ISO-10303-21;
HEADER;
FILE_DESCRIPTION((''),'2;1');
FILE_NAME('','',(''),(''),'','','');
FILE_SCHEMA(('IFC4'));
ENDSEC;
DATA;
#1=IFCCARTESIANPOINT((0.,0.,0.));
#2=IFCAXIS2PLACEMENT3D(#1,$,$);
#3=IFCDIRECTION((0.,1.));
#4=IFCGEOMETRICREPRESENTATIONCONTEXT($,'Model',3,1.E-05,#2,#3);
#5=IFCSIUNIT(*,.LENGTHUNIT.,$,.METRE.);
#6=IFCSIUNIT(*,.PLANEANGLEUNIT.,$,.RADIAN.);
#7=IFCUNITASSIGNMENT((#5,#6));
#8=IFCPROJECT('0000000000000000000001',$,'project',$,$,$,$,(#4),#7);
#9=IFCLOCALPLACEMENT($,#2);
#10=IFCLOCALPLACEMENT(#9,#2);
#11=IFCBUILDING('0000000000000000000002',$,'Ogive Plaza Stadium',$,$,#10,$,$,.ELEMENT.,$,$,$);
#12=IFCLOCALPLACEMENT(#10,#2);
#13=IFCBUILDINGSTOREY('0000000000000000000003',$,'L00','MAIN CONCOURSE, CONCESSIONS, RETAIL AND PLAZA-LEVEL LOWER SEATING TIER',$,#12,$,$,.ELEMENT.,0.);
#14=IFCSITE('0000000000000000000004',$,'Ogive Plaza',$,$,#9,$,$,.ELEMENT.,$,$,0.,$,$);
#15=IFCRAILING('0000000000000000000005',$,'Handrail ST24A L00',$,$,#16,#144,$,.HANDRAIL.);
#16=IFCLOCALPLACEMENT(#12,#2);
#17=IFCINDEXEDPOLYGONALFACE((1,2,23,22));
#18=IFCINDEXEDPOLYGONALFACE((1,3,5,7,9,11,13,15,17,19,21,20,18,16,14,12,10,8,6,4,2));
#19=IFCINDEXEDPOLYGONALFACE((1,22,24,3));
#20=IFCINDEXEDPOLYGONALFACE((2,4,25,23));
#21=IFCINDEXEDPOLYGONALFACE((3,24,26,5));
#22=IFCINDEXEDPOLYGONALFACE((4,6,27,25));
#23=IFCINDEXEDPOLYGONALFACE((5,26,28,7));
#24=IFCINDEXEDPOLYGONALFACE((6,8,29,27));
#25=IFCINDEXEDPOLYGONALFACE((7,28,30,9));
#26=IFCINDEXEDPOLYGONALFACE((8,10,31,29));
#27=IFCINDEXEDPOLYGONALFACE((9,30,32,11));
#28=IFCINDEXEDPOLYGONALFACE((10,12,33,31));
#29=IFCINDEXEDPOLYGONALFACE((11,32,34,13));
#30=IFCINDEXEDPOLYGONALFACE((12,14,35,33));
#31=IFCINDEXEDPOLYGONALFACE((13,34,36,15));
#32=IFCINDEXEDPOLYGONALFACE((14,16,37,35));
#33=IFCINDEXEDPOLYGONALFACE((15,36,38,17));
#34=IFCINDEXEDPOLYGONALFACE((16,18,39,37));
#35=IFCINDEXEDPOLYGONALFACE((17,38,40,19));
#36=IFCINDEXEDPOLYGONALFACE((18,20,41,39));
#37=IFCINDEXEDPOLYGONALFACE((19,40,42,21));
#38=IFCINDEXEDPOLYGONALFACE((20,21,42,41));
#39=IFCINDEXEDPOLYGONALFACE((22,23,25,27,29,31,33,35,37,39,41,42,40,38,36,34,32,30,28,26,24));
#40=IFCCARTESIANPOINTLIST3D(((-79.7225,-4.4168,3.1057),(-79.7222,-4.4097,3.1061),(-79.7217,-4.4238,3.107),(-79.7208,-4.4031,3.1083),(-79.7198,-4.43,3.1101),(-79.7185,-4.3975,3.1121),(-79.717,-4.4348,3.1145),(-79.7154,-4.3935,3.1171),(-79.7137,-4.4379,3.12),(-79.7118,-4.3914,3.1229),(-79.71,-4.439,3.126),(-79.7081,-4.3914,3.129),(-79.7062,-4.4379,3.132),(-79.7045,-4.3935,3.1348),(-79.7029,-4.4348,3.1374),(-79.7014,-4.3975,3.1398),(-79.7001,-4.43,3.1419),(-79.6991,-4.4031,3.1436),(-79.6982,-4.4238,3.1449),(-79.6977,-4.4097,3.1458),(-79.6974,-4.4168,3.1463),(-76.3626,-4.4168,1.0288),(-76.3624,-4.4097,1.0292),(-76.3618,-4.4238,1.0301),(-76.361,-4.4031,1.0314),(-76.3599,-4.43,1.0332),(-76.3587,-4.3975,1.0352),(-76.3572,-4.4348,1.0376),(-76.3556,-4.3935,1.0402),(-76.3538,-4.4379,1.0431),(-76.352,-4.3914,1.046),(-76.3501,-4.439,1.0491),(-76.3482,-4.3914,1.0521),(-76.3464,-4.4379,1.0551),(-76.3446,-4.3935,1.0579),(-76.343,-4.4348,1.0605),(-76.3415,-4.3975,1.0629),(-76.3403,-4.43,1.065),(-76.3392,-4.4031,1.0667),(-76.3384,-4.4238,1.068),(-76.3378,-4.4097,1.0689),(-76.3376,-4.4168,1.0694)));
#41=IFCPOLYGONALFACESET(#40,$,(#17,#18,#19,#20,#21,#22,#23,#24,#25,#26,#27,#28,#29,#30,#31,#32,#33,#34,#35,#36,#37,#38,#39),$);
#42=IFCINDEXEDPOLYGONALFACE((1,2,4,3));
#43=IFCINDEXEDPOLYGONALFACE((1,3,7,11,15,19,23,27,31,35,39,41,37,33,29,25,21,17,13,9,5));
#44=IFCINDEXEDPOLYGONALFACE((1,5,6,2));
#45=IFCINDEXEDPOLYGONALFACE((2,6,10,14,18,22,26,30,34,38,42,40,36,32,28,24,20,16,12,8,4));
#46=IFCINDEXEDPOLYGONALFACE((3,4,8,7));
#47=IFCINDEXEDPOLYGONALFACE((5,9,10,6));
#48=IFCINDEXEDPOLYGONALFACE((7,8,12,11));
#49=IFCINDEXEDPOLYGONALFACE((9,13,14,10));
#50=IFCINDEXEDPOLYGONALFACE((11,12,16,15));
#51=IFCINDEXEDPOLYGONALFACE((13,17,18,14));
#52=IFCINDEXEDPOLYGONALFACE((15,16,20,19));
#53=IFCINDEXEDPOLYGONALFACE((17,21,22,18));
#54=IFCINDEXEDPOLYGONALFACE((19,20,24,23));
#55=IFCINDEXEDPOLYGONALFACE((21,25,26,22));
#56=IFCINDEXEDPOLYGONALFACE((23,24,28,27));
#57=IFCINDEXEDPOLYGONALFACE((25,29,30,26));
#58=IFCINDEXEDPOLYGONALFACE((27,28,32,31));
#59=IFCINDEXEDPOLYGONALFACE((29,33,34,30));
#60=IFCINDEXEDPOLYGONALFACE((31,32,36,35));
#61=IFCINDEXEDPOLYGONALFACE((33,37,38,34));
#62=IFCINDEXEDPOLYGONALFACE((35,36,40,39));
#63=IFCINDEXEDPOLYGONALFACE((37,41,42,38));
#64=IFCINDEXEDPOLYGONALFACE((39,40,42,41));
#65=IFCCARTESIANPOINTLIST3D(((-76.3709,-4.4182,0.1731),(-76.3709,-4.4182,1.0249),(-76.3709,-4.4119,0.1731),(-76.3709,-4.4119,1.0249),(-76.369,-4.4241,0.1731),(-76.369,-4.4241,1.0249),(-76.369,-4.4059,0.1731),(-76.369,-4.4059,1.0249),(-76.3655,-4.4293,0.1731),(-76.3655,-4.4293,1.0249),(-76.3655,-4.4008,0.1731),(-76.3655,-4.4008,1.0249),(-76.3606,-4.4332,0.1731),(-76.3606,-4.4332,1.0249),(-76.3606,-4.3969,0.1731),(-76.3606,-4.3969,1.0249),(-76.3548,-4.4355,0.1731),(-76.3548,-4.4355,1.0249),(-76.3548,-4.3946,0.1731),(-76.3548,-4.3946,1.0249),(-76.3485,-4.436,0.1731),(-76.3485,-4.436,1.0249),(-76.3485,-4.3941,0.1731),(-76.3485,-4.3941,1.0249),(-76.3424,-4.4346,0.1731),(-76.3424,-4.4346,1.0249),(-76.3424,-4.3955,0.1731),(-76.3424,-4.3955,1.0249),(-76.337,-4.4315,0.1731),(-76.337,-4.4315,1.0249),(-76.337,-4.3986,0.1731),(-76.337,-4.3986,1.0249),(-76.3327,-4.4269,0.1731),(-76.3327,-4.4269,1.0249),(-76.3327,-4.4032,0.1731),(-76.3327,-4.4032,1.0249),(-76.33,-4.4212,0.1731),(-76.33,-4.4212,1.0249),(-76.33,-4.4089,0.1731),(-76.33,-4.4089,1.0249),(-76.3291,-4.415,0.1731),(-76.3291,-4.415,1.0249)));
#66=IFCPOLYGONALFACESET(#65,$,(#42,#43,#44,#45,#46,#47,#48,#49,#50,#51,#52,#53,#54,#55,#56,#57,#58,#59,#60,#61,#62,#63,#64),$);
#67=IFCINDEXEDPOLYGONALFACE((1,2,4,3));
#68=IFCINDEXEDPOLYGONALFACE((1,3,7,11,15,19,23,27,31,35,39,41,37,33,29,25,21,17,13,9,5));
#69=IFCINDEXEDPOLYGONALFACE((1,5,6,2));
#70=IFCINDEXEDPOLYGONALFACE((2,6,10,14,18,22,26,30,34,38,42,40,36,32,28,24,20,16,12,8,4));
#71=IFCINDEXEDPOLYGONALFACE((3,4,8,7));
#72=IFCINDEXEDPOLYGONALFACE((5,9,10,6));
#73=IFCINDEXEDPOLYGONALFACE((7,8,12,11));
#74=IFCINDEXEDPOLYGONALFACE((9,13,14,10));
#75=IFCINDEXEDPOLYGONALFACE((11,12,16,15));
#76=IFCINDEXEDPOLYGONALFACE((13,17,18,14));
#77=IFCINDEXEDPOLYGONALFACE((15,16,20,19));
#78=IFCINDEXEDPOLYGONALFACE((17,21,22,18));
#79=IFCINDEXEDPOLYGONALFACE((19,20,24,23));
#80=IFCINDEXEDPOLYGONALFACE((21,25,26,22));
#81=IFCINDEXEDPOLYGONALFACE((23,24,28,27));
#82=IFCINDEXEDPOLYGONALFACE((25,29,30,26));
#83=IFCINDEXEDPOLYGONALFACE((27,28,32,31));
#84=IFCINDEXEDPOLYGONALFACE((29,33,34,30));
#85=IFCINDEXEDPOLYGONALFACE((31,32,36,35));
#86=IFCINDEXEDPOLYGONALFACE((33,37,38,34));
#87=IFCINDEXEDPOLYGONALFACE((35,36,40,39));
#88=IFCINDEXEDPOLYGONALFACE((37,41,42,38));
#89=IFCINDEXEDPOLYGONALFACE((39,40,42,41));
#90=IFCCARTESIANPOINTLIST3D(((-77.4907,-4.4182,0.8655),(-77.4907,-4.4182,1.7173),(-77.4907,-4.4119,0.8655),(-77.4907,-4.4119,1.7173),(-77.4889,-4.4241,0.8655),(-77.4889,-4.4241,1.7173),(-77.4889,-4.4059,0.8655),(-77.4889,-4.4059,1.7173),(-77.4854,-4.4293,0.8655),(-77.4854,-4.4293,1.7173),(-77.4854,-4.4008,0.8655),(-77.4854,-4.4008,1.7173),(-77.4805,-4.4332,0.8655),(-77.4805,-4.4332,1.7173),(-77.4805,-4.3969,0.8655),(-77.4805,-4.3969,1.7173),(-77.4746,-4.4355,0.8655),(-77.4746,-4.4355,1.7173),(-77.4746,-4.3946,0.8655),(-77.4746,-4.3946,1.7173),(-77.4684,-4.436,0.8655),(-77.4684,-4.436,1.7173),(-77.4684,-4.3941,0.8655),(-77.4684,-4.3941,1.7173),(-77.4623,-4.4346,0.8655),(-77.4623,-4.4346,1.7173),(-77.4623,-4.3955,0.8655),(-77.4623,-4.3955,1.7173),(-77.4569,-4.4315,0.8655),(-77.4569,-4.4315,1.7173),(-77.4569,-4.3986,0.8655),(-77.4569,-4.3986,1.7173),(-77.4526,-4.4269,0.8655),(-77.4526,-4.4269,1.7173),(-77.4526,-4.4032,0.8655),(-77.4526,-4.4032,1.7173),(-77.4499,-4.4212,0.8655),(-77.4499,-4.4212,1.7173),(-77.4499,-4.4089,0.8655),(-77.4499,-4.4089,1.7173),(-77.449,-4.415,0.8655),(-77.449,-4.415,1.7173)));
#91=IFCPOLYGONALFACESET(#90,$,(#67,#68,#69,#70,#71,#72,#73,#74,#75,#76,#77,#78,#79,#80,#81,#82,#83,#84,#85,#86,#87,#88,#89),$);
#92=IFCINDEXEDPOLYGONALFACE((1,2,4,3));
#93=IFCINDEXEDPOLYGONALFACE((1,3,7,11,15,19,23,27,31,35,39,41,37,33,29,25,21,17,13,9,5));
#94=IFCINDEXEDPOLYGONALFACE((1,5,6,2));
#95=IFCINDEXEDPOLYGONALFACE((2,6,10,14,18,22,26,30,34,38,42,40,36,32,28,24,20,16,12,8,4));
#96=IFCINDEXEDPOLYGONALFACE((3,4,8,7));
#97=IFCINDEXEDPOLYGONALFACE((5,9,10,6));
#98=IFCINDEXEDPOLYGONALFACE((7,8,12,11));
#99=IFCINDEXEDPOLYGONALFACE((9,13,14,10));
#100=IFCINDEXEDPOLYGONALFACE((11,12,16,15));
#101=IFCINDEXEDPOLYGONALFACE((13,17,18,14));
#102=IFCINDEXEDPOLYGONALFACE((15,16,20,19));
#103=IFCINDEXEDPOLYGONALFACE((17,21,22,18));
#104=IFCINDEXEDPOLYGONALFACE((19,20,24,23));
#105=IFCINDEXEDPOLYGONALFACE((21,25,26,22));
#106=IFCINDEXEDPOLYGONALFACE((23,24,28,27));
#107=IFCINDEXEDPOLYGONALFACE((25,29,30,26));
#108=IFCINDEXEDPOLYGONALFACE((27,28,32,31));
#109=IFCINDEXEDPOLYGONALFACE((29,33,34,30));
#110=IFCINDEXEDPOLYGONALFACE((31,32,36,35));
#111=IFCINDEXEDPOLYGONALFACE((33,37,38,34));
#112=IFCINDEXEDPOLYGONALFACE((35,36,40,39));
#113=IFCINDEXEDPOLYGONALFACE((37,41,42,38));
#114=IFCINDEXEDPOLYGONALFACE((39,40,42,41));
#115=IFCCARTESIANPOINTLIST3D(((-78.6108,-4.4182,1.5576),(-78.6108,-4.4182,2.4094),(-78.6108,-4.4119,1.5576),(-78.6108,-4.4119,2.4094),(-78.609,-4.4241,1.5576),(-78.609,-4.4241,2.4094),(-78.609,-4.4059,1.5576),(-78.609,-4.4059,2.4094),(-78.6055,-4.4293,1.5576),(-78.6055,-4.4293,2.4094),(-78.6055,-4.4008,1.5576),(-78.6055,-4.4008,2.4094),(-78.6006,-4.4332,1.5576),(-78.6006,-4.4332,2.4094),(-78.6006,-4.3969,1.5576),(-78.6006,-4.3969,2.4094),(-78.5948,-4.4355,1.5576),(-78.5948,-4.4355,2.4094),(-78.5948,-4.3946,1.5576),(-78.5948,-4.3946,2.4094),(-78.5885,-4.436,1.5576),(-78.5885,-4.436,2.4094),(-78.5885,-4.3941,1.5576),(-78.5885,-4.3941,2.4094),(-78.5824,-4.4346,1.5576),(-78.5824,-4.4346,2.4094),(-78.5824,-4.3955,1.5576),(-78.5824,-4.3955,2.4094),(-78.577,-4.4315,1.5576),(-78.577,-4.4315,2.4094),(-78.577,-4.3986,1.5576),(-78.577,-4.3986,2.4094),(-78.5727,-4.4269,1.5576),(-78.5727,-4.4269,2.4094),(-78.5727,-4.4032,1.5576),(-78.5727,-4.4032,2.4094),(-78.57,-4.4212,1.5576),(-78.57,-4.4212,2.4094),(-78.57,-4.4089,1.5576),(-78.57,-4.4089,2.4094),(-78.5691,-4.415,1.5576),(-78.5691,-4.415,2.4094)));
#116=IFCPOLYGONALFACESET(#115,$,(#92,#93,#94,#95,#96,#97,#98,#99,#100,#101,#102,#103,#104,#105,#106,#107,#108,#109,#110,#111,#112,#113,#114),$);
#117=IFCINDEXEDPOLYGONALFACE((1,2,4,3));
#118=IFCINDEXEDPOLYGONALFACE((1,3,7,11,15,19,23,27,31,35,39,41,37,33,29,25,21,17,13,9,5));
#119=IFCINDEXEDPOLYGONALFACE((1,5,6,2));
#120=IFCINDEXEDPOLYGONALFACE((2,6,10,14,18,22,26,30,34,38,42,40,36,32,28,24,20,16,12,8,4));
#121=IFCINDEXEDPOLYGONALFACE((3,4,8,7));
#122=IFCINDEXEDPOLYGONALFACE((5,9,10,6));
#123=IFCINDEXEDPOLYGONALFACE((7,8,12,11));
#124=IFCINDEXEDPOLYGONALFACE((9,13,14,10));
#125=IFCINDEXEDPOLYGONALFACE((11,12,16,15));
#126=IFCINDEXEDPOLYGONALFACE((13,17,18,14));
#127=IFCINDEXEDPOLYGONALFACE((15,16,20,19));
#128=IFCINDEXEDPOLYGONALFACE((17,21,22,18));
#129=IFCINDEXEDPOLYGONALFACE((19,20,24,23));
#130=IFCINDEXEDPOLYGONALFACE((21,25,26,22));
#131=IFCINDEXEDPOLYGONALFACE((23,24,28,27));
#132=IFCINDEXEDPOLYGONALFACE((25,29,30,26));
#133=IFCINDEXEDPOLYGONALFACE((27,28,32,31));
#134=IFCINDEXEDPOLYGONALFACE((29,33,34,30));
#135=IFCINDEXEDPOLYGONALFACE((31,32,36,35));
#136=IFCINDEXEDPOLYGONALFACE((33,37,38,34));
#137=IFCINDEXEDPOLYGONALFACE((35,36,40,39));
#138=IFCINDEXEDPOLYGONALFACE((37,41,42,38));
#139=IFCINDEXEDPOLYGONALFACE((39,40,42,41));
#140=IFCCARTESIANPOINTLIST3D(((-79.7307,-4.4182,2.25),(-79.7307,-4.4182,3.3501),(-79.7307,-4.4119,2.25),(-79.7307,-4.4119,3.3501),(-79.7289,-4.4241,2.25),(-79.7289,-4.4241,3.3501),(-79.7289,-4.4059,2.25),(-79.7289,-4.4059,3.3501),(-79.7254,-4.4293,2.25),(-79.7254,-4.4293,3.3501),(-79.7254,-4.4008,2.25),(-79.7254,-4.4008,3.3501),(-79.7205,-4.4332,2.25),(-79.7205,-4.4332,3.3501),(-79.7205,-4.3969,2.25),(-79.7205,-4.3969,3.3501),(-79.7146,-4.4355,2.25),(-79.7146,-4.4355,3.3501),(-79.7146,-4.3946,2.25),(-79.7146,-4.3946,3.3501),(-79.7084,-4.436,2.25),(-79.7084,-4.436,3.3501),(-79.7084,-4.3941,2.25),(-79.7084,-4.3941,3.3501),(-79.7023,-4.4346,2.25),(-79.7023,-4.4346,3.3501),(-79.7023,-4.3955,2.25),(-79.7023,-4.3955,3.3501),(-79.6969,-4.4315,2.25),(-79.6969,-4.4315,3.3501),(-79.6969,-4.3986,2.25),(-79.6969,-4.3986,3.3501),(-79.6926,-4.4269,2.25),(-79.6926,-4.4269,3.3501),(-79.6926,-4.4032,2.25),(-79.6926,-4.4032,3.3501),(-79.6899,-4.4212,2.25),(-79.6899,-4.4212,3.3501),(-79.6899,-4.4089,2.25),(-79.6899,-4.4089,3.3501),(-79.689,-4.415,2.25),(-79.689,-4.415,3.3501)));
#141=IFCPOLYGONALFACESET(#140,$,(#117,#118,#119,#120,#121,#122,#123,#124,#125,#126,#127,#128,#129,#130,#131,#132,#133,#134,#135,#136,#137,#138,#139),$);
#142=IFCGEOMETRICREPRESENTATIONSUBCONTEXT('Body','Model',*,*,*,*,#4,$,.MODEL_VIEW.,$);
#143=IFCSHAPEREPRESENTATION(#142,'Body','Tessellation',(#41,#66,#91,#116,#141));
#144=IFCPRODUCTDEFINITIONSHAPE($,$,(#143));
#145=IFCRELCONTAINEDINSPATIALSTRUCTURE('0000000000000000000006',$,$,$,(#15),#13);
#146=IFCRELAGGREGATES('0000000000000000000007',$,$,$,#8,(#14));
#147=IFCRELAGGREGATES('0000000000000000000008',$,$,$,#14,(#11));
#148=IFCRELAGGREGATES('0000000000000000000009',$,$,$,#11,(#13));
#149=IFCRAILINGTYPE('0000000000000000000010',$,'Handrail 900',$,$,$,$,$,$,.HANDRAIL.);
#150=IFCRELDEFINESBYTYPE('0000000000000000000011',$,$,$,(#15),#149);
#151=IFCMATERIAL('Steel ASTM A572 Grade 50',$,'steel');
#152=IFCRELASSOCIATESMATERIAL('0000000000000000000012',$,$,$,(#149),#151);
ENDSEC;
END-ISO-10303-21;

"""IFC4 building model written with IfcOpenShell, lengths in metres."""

from ifc_helpers import new_model, si_unit, direction, frame, origin, origin_2d, place, context, subcontext, project, spatial, circle, extrude, material, type_object, element, save


model = new_model("IFC4")

# Units and contexts
model_context = context("Model", 3, precision=1e-05, world=origin(), true_north=direction((0.0, 1.0)))
body_context = subcontext(model_context, "Body", "Model", "MODEL_VIEW")
ifc_project = project(units=[si_unit("LENGTHUNIT", "METRE"), si_unit("PLANEANGLEUNIT", "RADIAN")], contexts=[model_context])

# Site, building, storey
site_placement = place(None, origin())
site = spatial("IfcSite", under=ifc_project, at=site_placement, Name="Ogive Plaza", CompositionType="ELEMENT", RefElevation=0.0)
building_placement = place(site_placement, origin())
building = spatial("IfcBuilding", under=site, at=building_placement, Name="Ogive Plaza Stadium", CompositionType="ELEMENT")
storey_placement = place(building_placement, origin())
storey = spatial("IfcBuildingStorey", under=building, at=storey_placement, Name="L00", Description="MAIN CONCOURSE, CONCESSIONS, RETAIL AND PLAZA-LEVEL LOWER SEATING TIER", CompositionType="ELEMENT", Elevation=0.0)

# Railing
ifc_material_1 = material(Name="Steel ASTM A572 Grade 50", Category="steel")
railing_type_1 = type_object("IfcRailingType", Name="Handrail 900", PredefinedType="HANDRAIL", material=ifc_material_1)
for number, where, name in (
    (1, (-76.3501, -4.415, 0.1731), "Handrail ST24A L00"),
):
    element("IfcRailing", number, at=place(storey_placement, frame(where)), inside=storey, type_object=railing_type_1, Name=name, PredefinedType="HANDRAIL", context=body_context, shape_type="SweptSolid", body=[
        extrude(circle(Radius=0.0239, at=origin_2d()), frame((0.0, 0.0, 0.876), z_axis=(-0.850606, 0.0, 0.525803), x_axis=(0.0, -1.0, 0.0)), (0.0, 0.0, 1.0), 3.95),
        extrude(circle(Radius=0.021, at=origin_2d()), origin(), (0.0, 0.0, 1.0), 0.8518),
        extrude(circle(Radius=0.021, at=origin_2d()), frame((-1.1199, 0.0, 0.6924)), (0.0, 0.0, 1.0), 0.8518),
        extrude(circle(Radius=0.021, at=origin_2d()), frame((-2.24, 0.0, 1.3845)), (0.0, 0.0, 1.0), 0.8518),
        extrude(circle(Radius=0.021, at=origin_2d()), frame((-3.3599, 0.0, 2.0769)), (0.0, 0.0, 1.0), 1.1001),
    ])

save(model, "model.ifc")
